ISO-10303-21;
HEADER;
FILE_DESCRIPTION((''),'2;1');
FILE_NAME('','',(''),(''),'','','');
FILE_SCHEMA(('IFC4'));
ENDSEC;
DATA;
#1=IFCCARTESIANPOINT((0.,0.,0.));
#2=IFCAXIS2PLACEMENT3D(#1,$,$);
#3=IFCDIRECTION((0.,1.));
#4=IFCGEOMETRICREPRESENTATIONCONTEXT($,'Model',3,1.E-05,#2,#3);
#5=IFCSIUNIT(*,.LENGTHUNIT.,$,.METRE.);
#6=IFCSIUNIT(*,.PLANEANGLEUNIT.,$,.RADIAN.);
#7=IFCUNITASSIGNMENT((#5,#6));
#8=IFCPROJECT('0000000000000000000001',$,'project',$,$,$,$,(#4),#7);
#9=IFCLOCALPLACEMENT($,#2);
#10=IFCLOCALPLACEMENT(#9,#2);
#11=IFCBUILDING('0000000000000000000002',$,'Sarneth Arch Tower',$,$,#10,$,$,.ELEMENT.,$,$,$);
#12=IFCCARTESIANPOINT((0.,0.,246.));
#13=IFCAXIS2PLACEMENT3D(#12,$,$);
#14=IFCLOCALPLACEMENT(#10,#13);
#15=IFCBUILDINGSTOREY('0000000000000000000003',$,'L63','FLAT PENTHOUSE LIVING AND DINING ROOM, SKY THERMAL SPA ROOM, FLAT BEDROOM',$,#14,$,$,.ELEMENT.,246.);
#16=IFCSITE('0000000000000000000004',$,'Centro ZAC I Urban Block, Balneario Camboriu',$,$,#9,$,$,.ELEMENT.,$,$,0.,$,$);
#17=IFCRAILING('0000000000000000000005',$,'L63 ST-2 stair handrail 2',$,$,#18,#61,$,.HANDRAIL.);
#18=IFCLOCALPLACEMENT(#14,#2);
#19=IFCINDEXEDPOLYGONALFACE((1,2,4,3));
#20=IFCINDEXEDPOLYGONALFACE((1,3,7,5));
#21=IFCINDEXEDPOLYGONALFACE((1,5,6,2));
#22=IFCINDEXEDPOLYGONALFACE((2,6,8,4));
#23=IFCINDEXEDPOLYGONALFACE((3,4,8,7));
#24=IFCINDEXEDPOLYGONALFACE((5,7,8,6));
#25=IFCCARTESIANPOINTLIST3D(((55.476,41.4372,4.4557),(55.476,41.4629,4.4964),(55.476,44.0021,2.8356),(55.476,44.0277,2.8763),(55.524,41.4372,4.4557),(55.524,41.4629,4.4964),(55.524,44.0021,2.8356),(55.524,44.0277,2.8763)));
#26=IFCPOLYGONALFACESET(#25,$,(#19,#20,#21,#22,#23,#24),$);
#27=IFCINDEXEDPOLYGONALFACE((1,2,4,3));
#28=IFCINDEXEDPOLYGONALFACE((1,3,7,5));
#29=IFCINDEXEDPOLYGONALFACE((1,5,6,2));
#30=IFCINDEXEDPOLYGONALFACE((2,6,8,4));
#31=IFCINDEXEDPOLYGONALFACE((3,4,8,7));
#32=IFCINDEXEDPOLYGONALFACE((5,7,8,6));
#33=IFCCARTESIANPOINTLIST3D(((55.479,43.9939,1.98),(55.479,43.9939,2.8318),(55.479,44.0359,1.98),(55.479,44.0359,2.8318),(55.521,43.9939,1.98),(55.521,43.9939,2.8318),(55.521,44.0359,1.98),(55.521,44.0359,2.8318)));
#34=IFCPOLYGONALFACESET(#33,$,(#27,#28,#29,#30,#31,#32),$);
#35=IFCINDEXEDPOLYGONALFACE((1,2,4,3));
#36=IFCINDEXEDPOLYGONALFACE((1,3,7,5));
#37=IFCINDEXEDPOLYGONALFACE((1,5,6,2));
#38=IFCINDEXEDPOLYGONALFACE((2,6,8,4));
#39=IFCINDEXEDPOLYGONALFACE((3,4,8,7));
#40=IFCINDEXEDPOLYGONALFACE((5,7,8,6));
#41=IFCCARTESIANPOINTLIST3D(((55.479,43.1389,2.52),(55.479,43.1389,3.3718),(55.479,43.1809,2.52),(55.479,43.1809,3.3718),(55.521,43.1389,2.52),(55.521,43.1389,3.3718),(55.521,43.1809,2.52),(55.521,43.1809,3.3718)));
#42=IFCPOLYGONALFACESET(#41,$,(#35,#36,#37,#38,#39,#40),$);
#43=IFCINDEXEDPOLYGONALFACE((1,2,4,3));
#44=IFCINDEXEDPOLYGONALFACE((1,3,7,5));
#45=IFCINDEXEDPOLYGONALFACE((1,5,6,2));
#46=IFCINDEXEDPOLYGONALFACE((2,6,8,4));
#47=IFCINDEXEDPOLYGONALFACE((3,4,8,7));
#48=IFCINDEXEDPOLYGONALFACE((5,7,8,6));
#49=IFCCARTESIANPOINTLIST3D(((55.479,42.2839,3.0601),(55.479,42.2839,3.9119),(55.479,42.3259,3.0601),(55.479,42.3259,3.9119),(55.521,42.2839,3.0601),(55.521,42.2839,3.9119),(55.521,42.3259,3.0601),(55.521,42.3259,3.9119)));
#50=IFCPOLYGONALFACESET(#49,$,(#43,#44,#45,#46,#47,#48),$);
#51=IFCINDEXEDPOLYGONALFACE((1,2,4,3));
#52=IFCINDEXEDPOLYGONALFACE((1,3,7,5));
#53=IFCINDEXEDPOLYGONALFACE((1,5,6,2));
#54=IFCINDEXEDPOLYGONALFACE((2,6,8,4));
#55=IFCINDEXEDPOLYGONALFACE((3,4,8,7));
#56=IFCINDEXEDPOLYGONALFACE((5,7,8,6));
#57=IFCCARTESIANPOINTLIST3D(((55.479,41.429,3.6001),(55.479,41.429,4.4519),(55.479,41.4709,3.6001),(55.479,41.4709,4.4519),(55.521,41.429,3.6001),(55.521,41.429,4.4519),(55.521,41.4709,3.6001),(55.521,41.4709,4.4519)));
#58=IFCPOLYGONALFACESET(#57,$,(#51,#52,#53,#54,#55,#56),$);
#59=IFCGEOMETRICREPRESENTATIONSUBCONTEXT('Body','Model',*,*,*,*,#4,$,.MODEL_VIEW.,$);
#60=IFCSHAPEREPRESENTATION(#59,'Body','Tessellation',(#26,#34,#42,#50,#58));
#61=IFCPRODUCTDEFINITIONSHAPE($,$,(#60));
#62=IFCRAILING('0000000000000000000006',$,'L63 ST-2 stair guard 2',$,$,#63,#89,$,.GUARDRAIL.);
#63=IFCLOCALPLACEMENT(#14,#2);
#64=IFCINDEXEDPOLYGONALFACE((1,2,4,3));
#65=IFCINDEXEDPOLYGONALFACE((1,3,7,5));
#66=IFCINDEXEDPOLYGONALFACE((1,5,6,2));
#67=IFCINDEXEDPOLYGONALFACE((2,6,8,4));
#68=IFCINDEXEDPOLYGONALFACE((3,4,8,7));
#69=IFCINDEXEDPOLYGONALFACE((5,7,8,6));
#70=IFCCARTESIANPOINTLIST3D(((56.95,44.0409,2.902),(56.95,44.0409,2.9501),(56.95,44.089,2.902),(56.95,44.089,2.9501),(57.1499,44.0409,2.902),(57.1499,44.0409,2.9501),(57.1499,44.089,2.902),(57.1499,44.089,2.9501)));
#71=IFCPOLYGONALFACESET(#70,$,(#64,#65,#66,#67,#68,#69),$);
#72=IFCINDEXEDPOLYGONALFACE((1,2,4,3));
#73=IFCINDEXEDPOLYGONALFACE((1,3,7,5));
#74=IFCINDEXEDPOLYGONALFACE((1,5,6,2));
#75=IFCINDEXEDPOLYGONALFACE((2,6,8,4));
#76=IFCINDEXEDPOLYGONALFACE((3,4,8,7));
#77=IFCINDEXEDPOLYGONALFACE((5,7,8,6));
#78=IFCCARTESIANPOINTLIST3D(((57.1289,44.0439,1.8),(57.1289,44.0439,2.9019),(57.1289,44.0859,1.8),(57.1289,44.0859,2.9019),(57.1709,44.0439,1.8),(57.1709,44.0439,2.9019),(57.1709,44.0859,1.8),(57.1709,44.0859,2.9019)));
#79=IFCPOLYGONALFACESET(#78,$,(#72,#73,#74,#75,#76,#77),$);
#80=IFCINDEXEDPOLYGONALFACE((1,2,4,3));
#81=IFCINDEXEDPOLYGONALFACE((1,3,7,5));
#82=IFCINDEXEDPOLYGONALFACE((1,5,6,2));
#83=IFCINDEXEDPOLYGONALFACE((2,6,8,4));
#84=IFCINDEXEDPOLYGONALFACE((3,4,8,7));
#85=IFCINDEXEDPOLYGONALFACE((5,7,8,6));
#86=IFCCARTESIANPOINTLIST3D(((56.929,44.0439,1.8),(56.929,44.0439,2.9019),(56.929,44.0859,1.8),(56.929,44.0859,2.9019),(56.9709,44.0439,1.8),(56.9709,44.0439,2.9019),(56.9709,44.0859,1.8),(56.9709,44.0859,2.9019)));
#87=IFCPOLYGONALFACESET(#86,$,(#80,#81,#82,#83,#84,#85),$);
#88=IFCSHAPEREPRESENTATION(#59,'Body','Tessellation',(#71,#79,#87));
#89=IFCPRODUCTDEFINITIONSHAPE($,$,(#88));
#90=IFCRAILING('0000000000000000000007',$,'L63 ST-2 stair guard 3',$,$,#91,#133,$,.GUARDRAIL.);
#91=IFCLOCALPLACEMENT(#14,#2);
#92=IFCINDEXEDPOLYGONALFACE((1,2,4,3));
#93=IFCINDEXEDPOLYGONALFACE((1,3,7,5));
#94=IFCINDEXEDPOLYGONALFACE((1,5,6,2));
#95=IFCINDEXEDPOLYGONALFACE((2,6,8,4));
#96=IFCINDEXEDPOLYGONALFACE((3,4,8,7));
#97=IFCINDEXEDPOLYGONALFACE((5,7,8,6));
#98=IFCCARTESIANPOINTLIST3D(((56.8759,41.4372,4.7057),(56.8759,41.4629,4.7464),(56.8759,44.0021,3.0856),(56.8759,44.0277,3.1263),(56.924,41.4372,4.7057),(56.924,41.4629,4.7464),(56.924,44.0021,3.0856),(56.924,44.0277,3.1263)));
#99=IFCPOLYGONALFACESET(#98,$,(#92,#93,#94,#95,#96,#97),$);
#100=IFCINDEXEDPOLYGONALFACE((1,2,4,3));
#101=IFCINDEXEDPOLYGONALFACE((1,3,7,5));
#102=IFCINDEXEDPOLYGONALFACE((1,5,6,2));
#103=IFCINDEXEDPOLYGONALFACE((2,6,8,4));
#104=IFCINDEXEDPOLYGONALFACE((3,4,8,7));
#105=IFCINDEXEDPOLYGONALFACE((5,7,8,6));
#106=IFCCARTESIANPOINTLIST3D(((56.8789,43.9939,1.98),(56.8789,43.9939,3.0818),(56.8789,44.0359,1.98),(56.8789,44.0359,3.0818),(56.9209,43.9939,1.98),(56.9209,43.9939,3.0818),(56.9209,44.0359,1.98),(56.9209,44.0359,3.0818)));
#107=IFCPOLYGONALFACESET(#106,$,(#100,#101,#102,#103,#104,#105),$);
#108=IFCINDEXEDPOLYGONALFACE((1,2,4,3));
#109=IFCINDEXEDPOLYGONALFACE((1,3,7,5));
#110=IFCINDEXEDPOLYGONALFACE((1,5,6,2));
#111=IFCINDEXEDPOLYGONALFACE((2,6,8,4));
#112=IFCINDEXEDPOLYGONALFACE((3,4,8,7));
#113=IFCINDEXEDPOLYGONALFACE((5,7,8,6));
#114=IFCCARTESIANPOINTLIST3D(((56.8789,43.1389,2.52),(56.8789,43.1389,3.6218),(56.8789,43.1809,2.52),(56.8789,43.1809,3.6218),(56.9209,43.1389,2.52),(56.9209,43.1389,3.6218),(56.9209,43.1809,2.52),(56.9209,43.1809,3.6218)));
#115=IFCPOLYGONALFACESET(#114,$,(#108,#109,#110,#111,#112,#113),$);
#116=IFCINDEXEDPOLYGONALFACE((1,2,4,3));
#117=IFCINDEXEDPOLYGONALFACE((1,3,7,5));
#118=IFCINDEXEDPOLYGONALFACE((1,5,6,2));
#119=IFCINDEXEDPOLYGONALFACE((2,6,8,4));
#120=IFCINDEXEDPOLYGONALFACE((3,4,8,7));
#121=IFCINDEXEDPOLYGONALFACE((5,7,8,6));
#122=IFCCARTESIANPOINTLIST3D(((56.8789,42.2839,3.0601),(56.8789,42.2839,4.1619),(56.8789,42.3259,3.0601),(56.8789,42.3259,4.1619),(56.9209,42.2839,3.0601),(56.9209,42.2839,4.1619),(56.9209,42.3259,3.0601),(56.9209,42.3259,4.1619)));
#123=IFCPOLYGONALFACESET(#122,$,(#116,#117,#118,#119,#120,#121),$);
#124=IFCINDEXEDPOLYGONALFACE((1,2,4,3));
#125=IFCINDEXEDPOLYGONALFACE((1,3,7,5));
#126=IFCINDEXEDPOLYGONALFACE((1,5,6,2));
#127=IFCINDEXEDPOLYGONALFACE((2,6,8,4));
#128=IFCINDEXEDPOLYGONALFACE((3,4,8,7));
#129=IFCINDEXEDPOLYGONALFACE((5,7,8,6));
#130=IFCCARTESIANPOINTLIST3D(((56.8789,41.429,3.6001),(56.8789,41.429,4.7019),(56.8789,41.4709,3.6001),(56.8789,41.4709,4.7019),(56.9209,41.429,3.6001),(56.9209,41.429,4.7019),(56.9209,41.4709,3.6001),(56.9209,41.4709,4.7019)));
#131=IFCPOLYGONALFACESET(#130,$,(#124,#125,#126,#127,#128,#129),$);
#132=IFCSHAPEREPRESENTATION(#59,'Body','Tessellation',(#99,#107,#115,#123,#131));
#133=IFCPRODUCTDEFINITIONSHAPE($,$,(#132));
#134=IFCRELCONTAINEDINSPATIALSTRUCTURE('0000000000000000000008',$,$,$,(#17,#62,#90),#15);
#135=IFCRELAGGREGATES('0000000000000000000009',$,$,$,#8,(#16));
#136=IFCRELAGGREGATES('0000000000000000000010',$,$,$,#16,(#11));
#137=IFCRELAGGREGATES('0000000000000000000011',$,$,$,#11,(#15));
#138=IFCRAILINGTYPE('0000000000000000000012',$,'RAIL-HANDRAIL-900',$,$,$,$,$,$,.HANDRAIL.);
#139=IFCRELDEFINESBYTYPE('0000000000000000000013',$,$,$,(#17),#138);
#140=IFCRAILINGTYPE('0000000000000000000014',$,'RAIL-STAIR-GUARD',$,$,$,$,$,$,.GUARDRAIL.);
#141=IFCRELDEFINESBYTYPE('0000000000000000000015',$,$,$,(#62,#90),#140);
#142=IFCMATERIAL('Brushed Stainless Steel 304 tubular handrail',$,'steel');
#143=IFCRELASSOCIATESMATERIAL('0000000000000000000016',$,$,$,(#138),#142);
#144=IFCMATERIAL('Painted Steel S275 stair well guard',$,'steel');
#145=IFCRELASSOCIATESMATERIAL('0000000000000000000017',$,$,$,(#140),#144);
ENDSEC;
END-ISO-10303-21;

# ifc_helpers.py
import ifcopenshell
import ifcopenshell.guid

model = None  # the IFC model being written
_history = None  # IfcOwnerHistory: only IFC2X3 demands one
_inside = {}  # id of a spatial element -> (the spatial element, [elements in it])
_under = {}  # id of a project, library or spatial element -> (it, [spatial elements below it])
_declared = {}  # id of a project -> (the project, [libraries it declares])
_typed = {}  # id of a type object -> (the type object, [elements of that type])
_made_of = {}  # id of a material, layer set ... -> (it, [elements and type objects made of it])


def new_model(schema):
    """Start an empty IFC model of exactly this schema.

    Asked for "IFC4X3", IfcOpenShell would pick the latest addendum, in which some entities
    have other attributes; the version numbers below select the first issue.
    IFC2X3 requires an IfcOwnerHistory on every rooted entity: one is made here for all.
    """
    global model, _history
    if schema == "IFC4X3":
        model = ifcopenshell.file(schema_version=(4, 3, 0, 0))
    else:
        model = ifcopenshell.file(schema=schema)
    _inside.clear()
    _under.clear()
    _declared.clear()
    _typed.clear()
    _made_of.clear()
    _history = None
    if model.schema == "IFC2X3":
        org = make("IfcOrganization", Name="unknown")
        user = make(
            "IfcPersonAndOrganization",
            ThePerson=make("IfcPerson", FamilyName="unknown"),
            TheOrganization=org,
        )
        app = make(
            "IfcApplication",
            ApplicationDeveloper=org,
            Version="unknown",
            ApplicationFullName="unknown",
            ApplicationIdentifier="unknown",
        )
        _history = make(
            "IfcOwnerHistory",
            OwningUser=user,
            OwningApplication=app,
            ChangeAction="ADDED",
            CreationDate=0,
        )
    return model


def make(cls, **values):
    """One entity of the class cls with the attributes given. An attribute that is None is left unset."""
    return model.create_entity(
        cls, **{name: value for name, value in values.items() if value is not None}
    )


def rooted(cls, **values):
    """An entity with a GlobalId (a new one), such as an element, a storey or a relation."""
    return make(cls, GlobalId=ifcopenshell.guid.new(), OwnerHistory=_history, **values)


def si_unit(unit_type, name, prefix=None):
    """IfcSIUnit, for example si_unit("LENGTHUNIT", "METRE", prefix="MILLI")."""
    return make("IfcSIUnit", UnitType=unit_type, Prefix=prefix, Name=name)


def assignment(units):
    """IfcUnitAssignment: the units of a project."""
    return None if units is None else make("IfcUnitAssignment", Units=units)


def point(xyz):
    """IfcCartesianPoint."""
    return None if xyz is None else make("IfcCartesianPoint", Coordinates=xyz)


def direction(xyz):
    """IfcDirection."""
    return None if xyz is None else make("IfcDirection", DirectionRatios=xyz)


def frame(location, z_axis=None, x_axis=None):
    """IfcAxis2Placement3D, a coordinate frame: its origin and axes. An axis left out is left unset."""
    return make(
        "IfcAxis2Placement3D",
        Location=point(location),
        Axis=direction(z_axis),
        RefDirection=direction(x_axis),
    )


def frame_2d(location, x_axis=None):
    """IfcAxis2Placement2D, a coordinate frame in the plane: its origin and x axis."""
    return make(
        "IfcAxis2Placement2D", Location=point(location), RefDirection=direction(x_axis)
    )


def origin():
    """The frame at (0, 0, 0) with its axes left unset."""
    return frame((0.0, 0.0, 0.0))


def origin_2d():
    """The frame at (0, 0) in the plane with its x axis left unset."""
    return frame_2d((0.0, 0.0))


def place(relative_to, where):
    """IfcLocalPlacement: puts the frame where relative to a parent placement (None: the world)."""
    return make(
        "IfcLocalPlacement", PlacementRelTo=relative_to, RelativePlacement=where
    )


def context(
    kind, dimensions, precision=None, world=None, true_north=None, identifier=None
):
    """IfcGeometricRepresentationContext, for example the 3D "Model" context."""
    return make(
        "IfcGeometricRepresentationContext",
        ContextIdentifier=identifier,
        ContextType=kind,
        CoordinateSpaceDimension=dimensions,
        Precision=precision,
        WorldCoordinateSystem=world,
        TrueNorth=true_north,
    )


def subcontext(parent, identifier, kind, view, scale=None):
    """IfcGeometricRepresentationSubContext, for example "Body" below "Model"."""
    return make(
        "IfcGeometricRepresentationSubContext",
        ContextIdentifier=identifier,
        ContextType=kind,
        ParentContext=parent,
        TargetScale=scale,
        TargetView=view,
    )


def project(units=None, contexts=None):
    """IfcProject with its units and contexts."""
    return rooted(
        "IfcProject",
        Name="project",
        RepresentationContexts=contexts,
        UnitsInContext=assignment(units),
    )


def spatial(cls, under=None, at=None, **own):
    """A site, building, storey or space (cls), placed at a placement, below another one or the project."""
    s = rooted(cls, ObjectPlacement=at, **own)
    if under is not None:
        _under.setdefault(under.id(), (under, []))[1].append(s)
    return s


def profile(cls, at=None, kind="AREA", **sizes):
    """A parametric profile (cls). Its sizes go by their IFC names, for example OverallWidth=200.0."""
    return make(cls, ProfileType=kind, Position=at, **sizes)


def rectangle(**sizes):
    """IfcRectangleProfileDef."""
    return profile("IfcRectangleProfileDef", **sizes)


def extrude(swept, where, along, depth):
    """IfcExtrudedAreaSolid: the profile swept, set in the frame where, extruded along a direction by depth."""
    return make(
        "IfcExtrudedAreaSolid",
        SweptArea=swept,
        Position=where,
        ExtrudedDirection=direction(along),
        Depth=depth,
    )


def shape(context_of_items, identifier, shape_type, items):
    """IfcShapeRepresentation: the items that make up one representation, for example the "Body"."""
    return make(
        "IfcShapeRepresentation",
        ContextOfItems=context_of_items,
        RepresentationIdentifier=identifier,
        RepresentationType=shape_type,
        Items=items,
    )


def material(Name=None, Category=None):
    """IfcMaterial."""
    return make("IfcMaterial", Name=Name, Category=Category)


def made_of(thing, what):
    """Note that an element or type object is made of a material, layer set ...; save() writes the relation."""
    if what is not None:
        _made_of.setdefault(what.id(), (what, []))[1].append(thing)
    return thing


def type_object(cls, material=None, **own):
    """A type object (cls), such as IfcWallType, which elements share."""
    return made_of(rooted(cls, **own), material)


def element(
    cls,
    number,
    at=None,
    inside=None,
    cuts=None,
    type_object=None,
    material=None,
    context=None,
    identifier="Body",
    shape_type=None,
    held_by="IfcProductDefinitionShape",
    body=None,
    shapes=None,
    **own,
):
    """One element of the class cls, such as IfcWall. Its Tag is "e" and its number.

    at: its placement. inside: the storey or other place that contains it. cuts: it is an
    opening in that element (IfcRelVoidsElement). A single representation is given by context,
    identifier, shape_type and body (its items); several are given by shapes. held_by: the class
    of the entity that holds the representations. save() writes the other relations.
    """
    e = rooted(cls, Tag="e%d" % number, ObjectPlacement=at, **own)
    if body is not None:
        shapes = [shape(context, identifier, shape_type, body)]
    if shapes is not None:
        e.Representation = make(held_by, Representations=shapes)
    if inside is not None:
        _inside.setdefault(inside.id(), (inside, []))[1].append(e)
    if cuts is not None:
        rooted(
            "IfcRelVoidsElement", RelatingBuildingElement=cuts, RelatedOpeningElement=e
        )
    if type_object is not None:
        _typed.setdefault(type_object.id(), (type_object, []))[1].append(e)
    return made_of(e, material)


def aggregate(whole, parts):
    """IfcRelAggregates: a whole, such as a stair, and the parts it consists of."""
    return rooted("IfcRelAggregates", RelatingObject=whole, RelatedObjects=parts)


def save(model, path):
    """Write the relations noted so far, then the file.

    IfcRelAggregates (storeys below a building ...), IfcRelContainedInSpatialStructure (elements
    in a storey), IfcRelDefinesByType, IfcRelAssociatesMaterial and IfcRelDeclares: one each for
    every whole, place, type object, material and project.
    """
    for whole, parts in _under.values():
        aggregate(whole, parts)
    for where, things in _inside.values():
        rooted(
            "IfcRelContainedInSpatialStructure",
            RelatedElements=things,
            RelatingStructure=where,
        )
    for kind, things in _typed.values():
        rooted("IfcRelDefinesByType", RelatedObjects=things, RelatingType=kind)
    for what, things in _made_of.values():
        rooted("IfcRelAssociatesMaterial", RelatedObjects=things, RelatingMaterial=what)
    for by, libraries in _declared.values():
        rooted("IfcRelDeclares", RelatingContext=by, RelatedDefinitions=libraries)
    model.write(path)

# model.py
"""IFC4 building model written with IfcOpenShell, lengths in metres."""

from ifc_helpers import new_model, si_unit, direction, frame, origin, origin_2d, place, context, subcontext, project, spatial, rectangle, extrude, material, type_object, element, save


model = new_model("IFC4")

# Units and contexts
model_context = context("Model", 3, precision=1e-05, world=origin(), true_north=direction((0.0, 1.0)))
body_context = subcontext(model_context, "Body", "Model", "MODEL_VIEW")
ifc_project = project(units=[si_unit("LENGTHUNIT", "METRE"), si_unit("PLANEANGLEUNIT", "RADIAN")], contexts=[model_context])

# Site, building, storey
site_placement = place(None, origin())
site = spatial("IfcSite", under=ifc_project, at=site_placement, Name="Centro ZAC I Urban Block, Balneario Camboriu", CompositionType="ELEMENT", RefElevation=0.0)
building_placement = place(site_placement, origin())
building = spatial("IfcBuilding", under=site, at=building_placement, Name="Sarneth Arch Tower", CompositionType="ELEMENT")
storey_placement = place(building_placement, frame((0.0, 0.0, 246.0)))
storey = spatial("IfcBuildingStorey", under=building, at=storey_placement, Name="L63", Description="FLAT PENTHOUSE LIVING AND DINING ROOM, SKY THERMAL SPA ROOM, FLAT BEDROOM", CompositionType="ELEMENT", Elevation=246.0)

# Railings
ifc_material_1 = material(Name="Brushed Stainless Steel 304 tubular handrail", Category="steel")
railing_type_1 = type_object("IfcRailingType", Name="RAIL-HANDRAIL-900", PredefinedType="HANDRAIL", material=ifc_material_1)
railing_1_placement = place(storey_placement, frame((55.5, 44.0149, 1.98)))
element("IfcRailing", 1, at=railing_1_placement, inside=storey, type_object=railing_type_1, Name="L63 ST-2 stair handrail 2", PredefinedType="HANDRAIL", context=body_context, shape_type="SweptSolid", body=[
    extrude(rectangle(XDim=0.0481, YDim=0.0481, at=origin_2d()), frame((0.0, 0.0, 0.876), z_axis=(0.0, -0.845466, 0.534029), x_axis=(1.0, 0.0, 0.0)), (0.0, 0.0, 1.0), 3.0337),
    extrude(rectangle(XDim=0.042, YDim=0.042, at=origin_2d()), origin(), (0.0, 0.0, 1.0), 0.8518),
    extrude(rectangle(XDim=0.042, YDim=0.042, at=origin_2d()), frame((0.0, -0.855, 0.54)), (0.0, 0.0, 1.0), 0.8518),
    extrude(rectangle(XDim=0.042, YDim=0.042, at=origin_2d()), frame((0.0, -1.71, 1.0801)), (0.0, 0.0, 1.0), 0.8518),
    extrude(rectangle(XDim=0.042, YDim=0.042, at=origin_2d()), frame((0.0, -2.5649, 1.6201)), (0.0, 0.0, 1.0), 0.8518),
])
ifc_material_2 = material(Name="Painted Steel S275 stair well guard", Category="steel")
railing_type_2 = type_object("IfcRailingType", Name="RAIL-STAIR-GUARD", PredefinedType="GUARDRAIL", material=ifc_material_2)
railing_2_placement = place(storey_placement, frame((57.1499, 44.0649, 1.8)))
element("IfcRailing", 2, at=railing_2_placement, inside=storey, type_object=railing_type_2, Name="L63 ST-2 stair guard 2", PredefinedType="GUARDRAIL", context=body_context, shape_type="SweptSolid", body=[
    extrude(rectangle(XDim=0.0481, YDim=0.0481, at=origin_2d()), frame((0.0, 0.0, 1.126), z_axis=(-1.0, 0.0, 0.0), x_axis=(0.0, -1.0, 0.0)), (0.0, 0.0, 1.0), 0.2),
    extrude(rectangle(XDim=0.042, YDim=0.042, at=origin_2d()), origin(), (0.0, 0.0, 1.0), 1.1018),
    extrude(rectangle(XDim=0.042, YDim=0.042, at=origin_2d()), frame((-0.2, 0.0, 0.0)), (0.0, 0.0, 1.0), 1.1018),
])
railing_3_placement = place(storey_placement, frame((56.8999, 44.0149, 1.98)))
element("IfcRailing", 3, at=railing_3_placement, inside=storey, type_object=railing_type_2, Name="L63 ST-2 stair guard 3", PredefinedType="GUARDRAIL", context=body_context, shape_type="SweptSolid", body=[
    extrude(rectangle(XDim=0.0481, YDim=0.0481, at=origin_2d()), frame((0.0, 0.0, 1.126), z_axis=(0.0, -0.845466, 0.534029), x_axis=(1.0, 0.0, 0.0)), (0.0, 0.0, 1.0), 3.0337),
    extrude(rectangle(XDim=0.042, YDim=0.042, at=origin_2d()), origin(), (0.0, 0.0, 1.0), 1.1018),
    extrude(rectangle(XDim=0.042, YDim=0.042, at=origin_2d()), frame((0.0, -0.855, 0.54)), (0.0, 0.0, 1.0), 1.1018),
    extrude(rectangle(XDim=0.042, YDim=0.042, at=origin_2d()), frame((0.0, -1.71, 1.0801)), (0.0, 0.0, 1.0), 1.1018),
    extrude(rectangle(XDim=0.042, YDim=0.042, at=origin_2d()), frame((0.0, -2.5649, 1.6201)), (0.0, 0.0, 1.0), 1.1018),
])

save(model, "model.ifc")
